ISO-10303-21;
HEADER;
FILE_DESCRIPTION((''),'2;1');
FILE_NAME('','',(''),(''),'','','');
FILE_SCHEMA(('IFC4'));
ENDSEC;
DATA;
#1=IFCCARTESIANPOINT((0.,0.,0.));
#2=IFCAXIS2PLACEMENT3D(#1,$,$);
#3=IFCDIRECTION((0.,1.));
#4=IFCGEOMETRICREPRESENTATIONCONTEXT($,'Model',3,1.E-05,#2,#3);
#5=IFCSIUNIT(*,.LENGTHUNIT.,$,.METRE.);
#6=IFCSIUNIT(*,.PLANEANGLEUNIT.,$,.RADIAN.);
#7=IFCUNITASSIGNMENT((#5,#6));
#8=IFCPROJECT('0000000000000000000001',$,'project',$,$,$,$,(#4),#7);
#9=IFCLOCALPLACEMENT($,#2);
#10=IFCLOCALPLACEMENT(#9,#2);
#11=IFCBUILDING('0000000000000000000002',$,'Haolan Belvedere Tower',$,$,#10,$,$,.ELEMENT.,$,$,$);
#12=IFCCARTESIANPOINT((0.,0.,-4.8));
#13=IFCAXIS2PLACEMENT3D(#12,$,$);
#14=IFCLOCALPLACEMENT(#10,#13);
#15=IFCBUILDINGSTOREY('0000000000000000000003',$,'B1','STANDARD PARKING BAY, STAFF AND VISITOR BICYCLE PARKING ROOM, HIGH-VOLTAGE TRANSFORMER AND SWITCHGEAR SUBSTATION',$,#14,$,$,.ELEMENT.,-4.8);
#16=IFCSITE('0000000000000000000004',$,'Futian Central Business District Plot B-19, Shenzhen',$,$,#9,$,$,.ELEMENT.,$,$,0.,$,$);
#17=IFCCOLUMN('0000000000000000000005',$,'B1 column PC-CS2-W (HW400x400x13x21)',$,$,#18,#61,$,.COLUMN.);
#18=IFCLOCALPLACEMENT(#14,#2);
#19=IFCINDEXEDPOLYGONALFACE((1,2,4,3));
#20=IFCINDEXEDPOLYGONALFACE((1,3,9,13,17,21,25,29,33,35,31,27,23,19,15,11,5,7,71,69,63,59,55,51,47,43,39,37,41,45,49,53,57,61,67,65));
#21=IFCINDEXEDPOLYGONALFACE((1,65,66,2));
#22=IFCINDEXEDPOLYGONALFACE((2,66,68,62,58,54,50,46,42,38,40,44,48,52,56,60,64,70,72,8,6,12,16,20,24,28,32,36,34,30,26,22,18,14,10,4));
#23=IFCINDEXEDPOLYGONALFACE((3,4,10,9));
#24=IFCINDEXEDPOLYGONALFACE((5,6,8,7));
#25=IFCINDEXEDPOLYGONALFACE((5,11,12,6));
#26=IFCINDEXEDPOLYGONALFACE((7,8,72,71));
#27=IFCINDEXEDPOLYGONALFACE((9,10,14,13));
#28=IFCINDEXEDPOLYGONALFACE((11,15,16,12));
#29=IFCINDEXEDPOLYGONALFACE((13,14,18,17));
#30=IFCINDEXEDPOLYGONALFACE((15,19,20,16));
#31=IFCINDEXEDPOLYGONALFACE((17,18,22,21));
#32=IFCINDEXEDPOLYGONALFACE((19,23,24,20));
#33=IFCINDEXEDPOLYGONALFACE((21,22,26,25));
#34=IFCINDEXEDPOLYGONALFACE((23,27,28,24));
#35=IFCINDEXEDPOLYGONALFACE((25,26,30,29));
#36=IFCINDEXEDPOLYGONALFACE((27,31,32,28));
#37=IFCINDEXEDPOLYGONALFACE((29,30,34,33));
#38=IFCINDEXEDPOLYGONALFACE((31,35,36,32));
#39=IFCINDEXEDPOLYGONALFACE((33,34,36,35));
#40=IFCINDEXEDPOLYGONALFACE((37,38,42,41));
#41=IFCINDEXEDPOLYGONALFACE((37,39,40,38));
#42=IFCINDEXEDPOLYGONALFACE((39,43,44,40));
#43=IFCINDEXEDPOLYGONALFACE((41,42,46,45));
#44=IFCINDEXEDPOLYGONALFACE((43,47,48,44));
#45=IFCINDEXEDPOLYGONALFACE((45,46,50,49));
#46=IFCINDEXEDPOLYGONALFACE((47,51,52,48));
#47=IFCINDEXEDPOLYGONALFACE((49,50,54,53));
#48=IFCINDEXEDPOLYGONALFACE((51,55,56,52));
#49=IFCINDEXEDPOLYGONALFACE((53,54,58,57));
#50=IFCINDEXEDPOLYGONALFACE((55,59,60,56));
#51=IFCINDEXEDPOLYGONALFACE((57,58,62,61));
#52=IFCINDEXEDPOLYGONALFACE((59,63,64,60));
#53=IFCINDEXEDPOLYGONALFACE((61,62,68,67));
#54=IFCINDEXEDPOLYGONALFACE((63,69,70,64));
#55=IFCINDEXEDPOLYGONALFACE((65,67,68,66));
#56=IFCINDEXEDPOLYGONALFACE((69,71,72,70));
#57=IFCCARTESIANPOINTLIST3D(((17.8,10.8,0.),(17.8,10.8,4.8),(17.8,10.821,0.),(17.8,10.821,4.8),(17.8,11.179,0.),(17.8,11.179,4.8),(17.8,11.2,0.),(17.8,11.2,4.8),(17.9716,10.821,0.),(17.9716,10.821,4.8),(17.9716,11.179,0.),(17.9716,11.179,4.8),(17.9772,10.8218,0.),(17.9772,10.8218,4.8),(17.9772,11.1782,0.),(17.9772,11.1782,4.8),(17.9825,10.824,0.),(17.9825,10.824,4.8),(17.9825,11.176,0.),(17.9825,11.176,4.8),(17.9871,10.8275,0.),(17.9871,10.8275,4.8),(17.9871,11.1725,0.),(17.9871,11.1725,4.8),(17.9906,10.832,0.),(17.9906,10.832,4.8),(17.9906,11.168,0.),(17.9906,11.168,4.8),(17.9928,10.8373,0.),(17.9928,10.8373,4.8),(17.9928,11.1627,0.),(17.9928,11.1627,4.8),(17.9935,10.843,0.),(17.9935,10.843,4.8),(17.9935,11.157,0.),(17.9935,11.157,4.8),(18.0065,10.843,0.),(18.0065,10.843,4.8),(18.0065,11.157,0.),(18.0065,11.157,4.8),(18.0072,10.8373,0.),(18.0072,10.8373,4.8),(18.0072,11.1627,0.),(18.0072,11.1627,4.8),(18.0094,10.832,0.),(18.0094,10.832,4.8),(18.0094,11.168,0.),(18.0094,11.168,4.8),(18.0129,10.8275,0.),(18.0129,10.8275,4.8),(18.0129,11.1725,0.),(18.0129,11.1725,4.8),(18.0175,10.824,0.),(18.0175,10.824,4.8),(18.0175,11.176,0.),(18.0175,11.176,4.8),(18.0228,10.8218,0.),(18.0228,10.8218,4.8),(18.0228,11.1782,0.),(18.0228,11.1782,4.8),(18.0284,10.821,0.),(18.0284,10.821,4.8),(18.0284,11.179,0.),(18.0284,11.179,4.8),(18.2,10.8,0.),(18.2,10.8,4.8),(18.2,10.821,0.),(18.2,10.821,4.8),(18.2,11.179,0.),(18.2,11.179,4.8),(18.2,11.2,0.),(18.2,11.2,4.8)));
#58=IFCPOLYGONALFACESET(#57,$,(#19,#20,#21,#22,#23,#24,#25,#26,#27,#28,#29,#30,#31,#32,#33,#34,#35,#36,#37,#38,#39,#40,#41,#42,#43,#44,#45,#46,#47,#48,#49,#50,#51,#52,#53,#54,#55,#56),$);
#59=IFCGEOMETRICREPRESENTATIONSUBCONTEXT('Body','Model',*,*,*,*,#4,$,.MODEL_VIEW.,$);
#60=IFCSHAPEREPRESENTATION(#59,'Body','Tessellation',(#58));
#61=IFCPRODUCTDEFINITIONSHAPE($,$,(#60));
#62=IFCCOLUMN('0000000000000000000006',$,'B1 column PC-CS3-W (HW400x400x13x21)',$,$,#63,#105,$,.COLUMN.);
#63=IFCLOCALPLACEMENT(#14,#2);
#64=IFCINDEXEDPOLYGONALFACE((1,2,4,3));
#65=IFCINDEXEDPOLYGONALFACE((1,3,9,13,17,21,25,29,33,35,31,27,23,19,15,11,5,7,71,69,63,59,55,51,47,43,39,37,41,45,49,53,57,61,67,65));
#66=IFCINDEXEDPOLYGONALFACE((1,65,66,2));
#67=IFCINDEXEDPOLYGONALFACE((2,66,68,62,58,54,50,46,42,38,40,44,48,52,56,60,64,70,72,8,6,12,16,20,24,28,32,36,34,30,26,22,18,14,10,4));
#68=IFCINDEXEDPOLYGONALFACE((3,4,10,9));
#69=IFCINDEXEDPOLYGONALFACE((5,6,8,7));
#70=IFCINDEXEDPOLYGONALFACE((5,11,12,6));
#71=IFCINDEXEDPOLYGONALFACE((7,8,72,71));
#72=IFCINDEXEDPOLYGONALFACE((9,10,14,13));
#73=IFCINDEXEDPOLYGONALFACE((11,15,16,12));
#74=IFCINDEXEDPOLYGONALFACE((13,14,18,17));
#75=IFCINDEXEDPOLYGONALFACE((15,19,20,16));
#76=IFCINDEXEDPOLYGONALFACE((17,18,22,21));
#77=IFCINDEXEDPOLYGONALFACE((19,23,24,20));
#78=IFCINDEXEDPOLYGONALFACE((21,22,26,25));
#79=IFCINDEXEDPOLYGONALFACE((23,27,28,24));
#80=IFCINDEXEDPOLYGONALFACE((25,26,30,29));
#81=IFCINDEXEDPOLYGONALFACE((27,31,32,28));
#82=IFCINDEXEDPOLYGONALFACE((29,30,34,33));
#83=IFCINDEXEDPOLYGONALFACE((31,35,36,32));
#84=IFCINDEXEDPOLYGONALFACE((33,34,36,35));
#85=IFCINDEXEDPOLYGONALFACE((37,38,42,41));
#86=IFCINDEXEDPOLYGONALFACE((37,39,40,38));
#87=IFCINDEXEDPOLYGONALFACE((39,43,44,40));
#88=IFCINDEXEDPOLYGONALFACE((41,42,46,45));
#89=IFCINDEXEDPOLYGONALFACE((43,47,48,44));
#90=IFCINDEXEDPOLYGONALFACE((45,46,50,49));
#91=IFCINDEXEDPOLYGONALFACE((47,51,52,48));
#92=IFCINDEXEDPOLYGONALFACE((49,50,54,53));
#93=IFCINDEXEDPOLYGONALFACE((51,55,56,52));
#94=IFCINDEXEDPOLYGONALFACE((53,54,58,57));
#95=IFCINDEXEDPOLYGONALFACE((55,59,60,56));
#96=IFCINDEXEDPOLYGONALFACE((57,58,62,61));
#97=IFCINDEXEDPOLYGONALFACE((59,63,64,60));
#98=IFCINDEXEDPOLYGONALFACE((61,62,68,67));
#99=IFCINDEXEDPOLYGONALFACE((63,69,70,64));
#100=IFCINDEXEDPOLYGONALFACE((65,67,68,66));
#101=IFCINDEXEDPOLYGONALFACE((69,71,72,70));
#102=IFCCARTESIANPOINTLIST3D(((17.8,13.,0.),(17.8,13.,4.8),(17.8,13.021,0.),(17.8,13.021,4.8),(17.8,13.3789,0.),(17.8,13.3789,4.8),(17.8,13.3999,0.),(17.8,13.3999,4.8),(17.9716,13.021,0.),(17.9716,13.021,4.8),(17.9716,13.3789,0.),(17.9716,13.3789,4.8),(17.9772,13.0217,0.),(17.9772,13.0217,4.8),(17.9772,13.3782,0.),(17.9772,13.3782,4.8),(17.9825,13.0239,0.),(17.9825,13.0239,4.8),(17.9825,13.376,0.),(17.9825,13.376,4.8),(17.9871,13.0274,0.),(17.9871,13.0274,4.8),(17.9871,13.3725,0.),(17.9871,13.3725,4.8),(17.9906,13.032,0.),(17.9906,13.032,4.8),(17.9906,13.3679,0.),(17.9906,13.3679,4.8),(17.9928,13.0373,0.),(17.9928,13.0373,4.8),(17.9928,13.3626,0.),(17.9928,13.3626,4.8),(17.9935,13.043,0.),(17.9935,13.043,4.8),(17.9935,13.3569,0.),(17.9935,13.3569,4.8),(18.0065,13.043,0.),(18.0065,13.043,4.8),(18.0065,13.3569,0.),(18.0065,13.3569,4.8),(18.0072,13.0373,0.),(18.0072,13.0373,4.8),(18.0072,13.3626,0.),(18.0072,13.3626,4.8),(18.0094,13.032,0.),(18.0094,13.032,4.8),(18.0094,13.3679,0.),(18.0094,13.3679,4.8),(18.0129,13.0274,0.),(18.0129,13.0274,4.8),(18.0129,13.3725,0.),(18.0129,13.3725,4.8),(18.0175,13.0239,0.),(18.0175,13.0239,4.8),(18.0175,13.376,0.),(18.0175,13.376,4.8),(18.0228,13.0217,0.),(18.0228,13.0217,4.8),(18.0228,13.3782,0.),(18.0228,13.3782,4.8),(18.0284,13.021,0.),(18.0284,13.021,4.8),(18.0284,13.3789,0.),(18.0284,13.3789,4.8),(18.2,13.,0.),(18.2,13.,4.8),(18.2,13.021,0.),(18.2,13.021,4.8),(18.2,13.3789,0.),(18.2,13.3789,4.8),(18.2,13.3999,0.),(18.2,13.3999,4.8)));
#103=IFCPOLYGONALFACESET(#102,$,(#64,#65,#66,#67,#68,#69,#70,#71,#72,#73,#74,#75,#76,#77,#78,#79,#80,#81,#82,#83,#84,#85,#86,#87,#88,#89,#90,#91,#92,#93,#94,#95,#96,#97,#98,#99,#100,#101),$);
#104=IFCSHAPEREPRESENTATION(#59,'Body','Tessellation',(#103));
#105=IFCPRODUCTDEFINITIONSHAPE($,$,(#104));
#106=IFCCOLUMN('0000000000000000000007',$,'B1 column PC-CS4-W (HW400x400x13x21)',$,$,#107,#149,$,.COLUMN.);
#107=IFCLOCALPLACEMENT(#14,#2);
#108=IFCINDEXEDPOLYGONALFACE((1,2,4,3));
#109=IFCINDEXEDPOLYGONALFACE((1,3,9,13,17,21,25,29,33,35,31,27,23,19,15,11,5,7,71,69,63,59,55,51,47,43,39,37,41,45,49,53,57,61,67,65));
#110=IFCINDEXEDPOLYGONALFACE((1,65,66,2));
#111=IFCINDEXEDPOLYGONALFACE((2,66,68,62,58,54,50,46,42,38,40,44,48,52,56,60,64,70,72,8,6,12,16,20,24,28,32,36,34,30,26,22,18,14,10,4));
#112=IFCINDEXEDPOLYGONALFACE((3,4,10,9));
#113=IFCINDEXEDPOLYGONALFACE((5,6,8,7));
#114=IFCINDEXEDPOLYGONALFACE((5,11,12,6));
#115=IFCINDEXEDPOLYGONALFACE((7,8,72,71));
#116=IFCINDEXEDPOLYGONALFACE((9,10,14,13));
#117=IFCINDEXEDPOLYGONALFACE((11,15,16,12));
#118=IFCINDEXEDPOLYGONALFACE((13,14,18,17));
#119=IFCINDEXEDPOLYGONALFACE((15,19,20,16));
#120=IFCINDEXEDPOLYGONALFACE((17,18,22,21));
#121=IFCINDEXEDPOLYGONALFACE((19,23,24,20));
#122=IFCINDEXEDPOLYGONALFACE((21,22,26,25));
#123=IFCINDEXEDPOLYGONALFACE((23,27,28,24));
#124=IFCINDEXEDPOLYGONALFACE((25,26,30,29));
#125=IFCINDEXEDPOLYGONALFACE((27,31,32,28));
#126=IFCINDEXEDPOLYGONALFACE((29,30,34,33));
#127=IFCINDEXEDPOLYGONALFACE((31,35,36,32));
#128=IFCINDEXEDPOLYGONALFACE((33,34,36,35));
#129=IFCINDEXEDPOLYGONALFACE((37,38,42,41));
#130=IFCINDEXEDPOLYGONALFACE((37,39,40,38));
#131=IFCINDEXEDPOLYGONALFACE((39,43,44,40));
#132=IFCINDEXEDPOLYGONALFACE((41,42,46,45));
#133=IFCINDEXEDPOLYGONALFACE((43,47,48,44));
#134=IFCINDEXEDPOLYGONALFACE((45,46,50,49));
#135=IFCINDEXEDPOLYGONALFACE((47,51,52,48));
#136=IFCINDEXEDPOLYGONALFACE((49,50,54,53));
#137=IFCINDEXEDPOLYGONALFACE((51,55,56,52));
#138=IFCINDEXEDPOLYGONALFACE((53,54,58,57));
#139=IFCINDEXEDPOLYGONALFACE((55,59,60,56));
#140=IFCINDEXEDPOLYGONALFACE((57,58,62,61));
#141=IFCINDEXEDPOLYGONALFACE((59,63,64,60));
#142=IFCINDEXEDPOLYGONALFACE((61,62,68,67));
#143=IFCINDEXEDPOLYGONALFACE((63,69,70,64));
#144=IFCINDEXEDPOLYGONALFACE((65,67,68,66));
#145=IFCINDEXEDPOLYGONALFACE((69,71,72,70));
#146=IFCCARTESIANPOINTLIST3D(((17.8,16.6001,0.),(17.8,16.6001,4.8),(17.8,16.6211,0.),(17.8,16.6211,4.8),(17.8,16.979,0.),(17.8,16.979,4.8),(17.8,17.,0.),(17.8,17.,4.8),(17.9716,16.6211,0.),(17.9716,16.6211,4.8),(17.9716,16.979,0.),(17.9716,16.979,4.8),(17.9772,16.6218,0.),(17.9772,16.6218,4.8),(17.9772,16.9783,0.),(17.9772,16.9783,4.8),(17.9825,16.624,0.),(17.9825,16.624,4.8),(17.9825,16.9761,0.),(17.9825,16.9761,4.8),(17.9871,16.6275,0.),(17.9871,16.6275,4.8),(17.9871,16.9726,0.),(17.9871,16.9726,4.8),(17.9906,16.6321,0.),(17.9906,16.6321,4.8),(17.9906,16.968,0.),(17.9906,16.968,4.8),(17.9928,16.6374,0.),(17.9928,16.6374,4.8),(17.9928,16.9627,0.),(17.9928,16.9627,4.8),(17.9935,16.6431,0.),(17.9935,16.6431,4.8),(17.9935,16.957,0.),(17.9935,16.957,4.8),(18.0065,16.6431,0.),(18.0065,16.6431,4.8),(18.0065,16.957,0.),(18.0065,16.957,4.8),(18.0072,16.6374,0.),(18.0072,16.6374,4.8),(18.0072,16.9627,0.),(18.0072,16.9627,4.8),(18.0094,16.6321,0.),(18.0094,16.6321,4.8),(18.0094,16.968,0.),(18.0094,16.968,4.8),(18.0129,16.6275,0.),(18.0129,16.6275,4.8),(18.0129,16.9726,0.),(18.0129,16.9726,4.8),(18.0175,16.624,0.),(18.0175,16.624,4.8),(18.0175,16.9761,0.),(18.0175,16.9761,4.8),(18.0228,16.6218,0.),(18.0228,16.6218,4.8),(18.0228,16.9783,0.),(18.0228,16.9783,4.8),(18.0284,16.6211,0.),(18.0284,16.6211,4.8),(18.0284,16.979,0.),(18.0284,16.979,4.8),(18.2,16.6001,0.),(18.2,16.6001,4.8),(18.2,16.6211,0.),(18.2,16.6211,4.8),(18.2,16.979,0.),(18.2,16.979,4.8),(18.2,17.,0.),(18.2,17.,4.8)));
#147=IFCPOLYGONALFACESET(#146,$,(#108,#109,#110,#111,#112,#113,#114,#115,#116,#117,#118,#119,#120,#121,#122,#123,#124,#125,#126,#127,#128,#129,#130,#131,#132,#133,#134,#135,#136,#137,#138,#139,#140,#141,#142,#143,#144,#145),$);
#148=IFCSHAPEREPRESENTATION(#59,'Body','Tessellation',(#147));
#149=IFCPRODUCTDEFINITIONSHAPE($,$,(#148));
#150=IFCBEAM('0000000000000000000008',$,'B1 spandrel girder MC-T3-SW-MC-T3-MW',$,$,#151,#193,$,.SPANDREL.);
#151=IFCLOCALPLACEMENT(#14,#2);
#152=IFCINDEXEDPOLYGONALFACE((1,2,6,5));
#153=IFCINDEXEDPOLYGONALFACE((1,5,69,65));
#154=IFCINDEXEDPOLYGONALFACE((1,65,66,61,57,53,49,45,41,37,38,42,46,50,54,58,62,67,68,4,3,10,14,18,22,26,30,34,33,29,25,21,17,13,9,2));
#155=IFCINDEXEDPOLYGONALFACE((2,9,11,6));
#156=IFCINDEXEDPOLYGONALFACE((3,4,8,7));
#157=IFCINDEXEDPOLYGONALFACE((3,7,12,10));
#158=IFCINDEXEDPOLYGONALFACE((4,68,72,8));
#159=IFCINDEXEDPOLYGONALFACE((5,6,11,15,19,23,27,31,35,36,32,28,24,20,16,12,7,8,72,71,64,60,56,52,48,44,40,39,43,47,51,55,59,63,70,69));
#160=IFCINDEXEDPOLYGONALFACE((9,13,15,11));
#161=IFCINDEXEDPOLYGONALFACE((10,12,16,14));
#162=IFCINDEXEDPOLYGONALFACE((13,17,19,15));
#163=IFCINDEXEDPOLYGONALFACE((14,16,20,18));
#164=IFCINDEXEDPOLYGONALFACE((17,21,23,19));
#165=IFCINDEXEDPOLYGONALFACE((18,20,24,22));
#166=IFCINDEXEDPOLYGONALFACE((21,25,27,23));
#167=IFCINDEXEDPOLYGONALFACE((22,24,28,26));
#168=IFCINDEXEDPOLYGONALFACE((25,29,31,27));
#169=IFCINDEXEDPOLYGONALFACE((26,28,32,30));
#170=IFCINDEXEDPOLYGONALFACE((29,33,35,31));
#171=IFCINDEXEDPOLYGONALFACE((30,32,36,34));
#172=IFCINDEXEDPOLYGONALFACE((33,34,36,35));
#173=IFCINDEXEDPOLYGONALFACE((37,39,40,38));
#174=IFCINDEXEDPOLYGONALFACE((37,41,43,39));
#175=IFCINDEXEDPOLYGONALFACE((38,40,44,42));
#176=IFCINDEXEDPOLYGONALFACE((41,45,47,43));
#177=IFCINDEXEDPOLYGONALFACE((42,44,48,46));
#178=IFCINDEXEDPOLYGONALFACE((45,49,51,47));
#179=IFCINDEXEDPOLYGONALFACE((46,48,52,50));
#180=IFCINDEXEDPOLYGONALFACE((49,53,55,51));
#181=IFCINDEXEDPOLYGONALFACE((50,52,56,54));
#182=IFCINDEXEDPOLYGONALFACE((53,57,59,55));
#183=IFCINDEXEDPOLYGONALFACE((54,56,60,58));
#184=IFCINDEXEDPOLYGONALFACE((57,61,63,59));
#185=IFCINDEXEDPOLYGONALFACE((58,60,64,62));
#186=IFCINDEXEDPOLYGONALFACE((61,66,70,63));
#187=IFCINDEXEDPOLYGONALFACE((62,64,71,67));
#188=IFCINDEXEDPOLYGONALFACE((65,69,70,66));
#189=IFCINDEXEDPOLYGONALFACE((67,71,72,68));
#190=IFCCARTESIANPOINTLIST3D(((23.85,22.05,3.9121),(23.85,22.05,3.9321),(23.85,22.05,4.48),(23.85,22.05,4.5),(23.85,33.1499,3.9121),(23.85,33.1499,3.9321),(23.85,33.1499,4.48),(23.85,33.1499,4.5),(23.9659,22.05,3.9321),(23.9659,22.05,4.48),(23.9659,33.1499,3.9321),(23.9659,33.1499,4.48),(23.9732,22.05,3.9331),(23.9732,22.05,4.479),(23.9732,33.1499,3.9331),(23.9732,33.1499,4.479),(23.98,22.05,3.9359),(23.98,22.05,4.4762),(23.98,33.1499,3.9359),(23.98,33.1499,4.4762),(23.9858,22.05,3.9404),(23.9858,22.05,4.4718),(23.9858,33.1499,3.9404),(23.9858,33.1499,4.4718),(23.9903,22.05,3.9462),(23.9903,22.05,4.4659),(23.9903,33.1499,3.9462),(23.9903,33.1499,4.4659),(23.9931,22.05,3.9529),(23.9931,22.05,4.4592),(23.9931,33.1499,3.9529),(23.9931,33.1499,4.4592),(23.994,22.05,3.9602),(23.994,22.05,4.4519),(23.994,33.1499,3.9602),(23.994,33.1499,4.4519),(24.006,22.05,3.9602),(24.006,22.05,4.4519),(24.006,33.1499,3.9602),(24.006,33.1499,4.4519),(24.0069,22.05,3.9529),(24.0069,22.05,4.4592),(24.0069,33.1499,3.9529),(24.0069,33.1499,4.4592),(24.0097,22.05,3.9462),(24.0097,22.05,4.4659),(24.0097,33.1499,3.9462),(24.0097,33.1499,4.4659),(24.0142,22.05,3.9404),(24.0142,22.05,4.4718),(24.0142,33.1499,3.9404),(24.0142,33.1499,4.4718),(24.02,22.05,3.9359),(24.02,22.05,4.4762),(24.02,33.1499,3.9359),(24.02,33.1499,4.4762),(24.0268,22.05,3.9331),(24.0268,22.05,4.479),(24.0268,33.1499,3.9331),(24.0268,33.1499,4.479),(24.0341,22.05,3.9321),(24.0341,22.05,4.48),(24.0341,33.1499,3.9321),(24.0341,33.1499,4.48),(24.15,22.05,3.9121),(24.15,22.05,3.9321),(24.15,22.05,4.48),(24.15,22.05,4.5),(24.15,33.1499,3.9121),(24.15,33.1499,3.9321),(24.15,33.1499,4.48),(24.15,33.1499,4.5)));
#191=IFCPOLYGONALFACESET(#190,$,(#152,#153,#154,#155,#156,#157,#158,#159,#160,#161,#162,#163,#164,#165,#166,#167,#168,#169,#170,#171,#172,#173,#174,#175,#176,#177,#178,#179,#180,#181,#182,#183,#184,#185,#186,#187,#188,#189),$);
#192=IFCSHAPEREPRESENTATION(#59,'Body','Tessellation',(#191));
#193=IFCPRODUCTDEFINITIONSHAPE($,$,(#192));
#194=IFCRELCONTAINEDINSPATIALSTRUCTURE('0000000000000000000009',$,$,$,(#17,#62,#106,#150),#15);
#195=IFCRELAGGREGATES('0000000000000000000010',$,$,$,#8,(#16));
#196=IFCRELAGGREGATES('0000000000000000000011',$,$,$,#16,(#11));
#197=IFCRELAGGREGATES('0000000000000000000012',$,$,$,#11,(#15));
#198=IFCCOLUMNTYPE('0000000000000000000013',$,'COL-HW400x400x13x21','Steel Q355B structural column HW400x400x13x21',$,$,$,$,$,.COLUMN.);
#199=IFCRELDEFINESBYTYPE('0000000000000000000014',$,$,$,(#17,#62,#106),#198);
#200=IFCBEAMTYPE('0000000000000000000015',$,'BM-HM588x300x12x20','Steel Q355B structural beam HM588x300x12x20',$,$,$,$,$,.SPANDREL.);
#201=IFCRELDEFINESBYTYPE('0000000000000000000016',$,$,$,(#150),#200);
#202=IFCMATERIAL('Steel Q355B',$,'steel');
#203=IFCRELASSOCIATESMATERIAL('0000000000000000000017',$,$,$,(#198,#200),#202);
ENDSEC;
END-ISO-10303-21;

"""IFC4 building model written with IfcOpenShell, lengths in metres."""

from ifc_helpers import new_model, si_unit, direction, frame, origin, origin_2d, place, context, subcontext, project, spatial, i_section, extrude, material, material_profile, profile_set, type_object, element, save


model = new_model("IFC4")

# Units and contexts
model_context = context("Model", 3, precision=1e-05, world=origin(), true_north=direction((0.0, 1.0)))
body_context = subcontext(model_context, "Body", "Model", "MODEL_VIEW")
ifc_project = project(units=[si_unit("LENGTHUNIT", "METRE"), si_unit("PLANEANGLEUNIT", "RADIAN")], contexts=[model_context])

# Site, building, storey
site_placement = place(None, origin())
site = spatial("IfcSite", under=ifc_project, at=site_placement, Name="Futian Central Business District Plot B-19, Shenzhen", CompositionType="ELEMENT", RefElevation=0.0)
building_placement = place(site_placement, origin())
building = spatial("IfcBuilding", under=site, at=building_placement, Name="Haolan Belvedere Tower", CompositionType="ELEMENT")
storey_placement = place(building_placement, frame((0.0, 0.0, -4.8)))
storey = spatial("IfcBuildingStorey", under=building, at=storey_placement, Name="B1", Description="STANDARD PARKING BAY, STAFF AND VISITOR BICYCLE PARKING ROOM, HIGH-VOLTAGE TRANSFORMER AND SWITCHGEAR SUBSTATION", CompositionType="ELEMENT", Elevation=-4.8)

# Columns
ifc_material_1 = material(Name="Steel Q355B", Category="steel")
ifc_material_profile_1 = material_profile(ifc_material_1, i_section(OverallWidth=0.3999, OverallDepth=0.3999, WebThickness=0.0129, FlangeThickness=0.021, FilletRadius=0.022, at=origin_2d()), Name="Steel Q355B")
ifc_profile_set_1 = profile_set([ifc_material_profile_1], Name="Steel Q355B")
column_type_1 = type_object("IfcColumnType", Name="COL-HW400x400x13x21", Description="Steel Q355B structural column HW400x400x13x21", PredefinedType="COLUMN", material=ifc_profile_set_1)
for number, where, z_axis, x_axis, name in (
    (1, (18.0, 11.0, 0.0), (0.0, 0.0, 1.0), (1.0, 0.0, 0.0), "B1 column PC-CS2-W (HW400x400x13x21)"),
    (2, (18.0, 13.2, 0.0), (0.0, 0.0, 1.0), (1.0, 0.0, 0.0), "B1 column PC-CS3-W (HW400x400x13x21)"),
    (3, (18.0, 16.8, 0.0), (0.0, 0.0, 1.0), (1.0, 0.0, 0.0), "B1 column PC-CS4-W (HW400x400x13x21)"),
):
    element("IfcColumn", number, at=place(storey_placement, frame(where, z_axis=z_axis, x_axis=x_axis)), inside=storey, type_object=column_type_1, Name=name, PredefinedType="COLUMN", context=body_context, shape_type="SweptSolid", body=[
        extrude(i_section(OverallWidth=0.3999, OverallDepth=0.3999, WebThickness=0.0129, FlangeThickness=0.021, FilletRadius=0.022, at=origin_2d()), origin(), (0.0, 0.0, 1.0), 4.8),
    ])

# Beam
ifc_material_profile_2 = material_profile(ifc_material_1, i_section(OverallWidth=0.3, OverallDepth=0.5879, WebThickness=0.012, FlangeThickness=0.02, FilletRadius=0.0281, at=origin_2d()), Name="Steel Q355B")
ifc_profile_set_2 = profile_set([ifc_material_profile_2], Name="Steel Q355B")
beam_type_1 = type_object("IfcBeamType", Name="BM-HM588x300x12x20", Description="Steel Q355B structural beam HM588x300x12x20", PredefinedType="SPANDREL", material=ifc_profile_set_2)
beam_1_placement = place(storey_placement, frame((24.0, 22.05, 4.2061), z_axis=(0.0, 1.0, 0.0), x_axis=(-1.0, 0.0, 0.0)))
element("IfcBeam", 4, at=beam_1_placement, inside=storey, type_object=beam_type_1, Name="B1 spandrel girder MC-T3-SW-MC-T3-MW", PredefinedType="SPANDREL", context=body_context, shape_type="SweptSolid", body=[
    extrude(i_section(OverallWidth=0.3, OverallDepth=0.5879, WebThickness=0.012, FlangeThickness=0.02, FilletRadius=0.0281, at=origin_2d()), origin(), (0.0, 0.0, 1.0), 11.0999),
])

save(model, "model.ifc")
